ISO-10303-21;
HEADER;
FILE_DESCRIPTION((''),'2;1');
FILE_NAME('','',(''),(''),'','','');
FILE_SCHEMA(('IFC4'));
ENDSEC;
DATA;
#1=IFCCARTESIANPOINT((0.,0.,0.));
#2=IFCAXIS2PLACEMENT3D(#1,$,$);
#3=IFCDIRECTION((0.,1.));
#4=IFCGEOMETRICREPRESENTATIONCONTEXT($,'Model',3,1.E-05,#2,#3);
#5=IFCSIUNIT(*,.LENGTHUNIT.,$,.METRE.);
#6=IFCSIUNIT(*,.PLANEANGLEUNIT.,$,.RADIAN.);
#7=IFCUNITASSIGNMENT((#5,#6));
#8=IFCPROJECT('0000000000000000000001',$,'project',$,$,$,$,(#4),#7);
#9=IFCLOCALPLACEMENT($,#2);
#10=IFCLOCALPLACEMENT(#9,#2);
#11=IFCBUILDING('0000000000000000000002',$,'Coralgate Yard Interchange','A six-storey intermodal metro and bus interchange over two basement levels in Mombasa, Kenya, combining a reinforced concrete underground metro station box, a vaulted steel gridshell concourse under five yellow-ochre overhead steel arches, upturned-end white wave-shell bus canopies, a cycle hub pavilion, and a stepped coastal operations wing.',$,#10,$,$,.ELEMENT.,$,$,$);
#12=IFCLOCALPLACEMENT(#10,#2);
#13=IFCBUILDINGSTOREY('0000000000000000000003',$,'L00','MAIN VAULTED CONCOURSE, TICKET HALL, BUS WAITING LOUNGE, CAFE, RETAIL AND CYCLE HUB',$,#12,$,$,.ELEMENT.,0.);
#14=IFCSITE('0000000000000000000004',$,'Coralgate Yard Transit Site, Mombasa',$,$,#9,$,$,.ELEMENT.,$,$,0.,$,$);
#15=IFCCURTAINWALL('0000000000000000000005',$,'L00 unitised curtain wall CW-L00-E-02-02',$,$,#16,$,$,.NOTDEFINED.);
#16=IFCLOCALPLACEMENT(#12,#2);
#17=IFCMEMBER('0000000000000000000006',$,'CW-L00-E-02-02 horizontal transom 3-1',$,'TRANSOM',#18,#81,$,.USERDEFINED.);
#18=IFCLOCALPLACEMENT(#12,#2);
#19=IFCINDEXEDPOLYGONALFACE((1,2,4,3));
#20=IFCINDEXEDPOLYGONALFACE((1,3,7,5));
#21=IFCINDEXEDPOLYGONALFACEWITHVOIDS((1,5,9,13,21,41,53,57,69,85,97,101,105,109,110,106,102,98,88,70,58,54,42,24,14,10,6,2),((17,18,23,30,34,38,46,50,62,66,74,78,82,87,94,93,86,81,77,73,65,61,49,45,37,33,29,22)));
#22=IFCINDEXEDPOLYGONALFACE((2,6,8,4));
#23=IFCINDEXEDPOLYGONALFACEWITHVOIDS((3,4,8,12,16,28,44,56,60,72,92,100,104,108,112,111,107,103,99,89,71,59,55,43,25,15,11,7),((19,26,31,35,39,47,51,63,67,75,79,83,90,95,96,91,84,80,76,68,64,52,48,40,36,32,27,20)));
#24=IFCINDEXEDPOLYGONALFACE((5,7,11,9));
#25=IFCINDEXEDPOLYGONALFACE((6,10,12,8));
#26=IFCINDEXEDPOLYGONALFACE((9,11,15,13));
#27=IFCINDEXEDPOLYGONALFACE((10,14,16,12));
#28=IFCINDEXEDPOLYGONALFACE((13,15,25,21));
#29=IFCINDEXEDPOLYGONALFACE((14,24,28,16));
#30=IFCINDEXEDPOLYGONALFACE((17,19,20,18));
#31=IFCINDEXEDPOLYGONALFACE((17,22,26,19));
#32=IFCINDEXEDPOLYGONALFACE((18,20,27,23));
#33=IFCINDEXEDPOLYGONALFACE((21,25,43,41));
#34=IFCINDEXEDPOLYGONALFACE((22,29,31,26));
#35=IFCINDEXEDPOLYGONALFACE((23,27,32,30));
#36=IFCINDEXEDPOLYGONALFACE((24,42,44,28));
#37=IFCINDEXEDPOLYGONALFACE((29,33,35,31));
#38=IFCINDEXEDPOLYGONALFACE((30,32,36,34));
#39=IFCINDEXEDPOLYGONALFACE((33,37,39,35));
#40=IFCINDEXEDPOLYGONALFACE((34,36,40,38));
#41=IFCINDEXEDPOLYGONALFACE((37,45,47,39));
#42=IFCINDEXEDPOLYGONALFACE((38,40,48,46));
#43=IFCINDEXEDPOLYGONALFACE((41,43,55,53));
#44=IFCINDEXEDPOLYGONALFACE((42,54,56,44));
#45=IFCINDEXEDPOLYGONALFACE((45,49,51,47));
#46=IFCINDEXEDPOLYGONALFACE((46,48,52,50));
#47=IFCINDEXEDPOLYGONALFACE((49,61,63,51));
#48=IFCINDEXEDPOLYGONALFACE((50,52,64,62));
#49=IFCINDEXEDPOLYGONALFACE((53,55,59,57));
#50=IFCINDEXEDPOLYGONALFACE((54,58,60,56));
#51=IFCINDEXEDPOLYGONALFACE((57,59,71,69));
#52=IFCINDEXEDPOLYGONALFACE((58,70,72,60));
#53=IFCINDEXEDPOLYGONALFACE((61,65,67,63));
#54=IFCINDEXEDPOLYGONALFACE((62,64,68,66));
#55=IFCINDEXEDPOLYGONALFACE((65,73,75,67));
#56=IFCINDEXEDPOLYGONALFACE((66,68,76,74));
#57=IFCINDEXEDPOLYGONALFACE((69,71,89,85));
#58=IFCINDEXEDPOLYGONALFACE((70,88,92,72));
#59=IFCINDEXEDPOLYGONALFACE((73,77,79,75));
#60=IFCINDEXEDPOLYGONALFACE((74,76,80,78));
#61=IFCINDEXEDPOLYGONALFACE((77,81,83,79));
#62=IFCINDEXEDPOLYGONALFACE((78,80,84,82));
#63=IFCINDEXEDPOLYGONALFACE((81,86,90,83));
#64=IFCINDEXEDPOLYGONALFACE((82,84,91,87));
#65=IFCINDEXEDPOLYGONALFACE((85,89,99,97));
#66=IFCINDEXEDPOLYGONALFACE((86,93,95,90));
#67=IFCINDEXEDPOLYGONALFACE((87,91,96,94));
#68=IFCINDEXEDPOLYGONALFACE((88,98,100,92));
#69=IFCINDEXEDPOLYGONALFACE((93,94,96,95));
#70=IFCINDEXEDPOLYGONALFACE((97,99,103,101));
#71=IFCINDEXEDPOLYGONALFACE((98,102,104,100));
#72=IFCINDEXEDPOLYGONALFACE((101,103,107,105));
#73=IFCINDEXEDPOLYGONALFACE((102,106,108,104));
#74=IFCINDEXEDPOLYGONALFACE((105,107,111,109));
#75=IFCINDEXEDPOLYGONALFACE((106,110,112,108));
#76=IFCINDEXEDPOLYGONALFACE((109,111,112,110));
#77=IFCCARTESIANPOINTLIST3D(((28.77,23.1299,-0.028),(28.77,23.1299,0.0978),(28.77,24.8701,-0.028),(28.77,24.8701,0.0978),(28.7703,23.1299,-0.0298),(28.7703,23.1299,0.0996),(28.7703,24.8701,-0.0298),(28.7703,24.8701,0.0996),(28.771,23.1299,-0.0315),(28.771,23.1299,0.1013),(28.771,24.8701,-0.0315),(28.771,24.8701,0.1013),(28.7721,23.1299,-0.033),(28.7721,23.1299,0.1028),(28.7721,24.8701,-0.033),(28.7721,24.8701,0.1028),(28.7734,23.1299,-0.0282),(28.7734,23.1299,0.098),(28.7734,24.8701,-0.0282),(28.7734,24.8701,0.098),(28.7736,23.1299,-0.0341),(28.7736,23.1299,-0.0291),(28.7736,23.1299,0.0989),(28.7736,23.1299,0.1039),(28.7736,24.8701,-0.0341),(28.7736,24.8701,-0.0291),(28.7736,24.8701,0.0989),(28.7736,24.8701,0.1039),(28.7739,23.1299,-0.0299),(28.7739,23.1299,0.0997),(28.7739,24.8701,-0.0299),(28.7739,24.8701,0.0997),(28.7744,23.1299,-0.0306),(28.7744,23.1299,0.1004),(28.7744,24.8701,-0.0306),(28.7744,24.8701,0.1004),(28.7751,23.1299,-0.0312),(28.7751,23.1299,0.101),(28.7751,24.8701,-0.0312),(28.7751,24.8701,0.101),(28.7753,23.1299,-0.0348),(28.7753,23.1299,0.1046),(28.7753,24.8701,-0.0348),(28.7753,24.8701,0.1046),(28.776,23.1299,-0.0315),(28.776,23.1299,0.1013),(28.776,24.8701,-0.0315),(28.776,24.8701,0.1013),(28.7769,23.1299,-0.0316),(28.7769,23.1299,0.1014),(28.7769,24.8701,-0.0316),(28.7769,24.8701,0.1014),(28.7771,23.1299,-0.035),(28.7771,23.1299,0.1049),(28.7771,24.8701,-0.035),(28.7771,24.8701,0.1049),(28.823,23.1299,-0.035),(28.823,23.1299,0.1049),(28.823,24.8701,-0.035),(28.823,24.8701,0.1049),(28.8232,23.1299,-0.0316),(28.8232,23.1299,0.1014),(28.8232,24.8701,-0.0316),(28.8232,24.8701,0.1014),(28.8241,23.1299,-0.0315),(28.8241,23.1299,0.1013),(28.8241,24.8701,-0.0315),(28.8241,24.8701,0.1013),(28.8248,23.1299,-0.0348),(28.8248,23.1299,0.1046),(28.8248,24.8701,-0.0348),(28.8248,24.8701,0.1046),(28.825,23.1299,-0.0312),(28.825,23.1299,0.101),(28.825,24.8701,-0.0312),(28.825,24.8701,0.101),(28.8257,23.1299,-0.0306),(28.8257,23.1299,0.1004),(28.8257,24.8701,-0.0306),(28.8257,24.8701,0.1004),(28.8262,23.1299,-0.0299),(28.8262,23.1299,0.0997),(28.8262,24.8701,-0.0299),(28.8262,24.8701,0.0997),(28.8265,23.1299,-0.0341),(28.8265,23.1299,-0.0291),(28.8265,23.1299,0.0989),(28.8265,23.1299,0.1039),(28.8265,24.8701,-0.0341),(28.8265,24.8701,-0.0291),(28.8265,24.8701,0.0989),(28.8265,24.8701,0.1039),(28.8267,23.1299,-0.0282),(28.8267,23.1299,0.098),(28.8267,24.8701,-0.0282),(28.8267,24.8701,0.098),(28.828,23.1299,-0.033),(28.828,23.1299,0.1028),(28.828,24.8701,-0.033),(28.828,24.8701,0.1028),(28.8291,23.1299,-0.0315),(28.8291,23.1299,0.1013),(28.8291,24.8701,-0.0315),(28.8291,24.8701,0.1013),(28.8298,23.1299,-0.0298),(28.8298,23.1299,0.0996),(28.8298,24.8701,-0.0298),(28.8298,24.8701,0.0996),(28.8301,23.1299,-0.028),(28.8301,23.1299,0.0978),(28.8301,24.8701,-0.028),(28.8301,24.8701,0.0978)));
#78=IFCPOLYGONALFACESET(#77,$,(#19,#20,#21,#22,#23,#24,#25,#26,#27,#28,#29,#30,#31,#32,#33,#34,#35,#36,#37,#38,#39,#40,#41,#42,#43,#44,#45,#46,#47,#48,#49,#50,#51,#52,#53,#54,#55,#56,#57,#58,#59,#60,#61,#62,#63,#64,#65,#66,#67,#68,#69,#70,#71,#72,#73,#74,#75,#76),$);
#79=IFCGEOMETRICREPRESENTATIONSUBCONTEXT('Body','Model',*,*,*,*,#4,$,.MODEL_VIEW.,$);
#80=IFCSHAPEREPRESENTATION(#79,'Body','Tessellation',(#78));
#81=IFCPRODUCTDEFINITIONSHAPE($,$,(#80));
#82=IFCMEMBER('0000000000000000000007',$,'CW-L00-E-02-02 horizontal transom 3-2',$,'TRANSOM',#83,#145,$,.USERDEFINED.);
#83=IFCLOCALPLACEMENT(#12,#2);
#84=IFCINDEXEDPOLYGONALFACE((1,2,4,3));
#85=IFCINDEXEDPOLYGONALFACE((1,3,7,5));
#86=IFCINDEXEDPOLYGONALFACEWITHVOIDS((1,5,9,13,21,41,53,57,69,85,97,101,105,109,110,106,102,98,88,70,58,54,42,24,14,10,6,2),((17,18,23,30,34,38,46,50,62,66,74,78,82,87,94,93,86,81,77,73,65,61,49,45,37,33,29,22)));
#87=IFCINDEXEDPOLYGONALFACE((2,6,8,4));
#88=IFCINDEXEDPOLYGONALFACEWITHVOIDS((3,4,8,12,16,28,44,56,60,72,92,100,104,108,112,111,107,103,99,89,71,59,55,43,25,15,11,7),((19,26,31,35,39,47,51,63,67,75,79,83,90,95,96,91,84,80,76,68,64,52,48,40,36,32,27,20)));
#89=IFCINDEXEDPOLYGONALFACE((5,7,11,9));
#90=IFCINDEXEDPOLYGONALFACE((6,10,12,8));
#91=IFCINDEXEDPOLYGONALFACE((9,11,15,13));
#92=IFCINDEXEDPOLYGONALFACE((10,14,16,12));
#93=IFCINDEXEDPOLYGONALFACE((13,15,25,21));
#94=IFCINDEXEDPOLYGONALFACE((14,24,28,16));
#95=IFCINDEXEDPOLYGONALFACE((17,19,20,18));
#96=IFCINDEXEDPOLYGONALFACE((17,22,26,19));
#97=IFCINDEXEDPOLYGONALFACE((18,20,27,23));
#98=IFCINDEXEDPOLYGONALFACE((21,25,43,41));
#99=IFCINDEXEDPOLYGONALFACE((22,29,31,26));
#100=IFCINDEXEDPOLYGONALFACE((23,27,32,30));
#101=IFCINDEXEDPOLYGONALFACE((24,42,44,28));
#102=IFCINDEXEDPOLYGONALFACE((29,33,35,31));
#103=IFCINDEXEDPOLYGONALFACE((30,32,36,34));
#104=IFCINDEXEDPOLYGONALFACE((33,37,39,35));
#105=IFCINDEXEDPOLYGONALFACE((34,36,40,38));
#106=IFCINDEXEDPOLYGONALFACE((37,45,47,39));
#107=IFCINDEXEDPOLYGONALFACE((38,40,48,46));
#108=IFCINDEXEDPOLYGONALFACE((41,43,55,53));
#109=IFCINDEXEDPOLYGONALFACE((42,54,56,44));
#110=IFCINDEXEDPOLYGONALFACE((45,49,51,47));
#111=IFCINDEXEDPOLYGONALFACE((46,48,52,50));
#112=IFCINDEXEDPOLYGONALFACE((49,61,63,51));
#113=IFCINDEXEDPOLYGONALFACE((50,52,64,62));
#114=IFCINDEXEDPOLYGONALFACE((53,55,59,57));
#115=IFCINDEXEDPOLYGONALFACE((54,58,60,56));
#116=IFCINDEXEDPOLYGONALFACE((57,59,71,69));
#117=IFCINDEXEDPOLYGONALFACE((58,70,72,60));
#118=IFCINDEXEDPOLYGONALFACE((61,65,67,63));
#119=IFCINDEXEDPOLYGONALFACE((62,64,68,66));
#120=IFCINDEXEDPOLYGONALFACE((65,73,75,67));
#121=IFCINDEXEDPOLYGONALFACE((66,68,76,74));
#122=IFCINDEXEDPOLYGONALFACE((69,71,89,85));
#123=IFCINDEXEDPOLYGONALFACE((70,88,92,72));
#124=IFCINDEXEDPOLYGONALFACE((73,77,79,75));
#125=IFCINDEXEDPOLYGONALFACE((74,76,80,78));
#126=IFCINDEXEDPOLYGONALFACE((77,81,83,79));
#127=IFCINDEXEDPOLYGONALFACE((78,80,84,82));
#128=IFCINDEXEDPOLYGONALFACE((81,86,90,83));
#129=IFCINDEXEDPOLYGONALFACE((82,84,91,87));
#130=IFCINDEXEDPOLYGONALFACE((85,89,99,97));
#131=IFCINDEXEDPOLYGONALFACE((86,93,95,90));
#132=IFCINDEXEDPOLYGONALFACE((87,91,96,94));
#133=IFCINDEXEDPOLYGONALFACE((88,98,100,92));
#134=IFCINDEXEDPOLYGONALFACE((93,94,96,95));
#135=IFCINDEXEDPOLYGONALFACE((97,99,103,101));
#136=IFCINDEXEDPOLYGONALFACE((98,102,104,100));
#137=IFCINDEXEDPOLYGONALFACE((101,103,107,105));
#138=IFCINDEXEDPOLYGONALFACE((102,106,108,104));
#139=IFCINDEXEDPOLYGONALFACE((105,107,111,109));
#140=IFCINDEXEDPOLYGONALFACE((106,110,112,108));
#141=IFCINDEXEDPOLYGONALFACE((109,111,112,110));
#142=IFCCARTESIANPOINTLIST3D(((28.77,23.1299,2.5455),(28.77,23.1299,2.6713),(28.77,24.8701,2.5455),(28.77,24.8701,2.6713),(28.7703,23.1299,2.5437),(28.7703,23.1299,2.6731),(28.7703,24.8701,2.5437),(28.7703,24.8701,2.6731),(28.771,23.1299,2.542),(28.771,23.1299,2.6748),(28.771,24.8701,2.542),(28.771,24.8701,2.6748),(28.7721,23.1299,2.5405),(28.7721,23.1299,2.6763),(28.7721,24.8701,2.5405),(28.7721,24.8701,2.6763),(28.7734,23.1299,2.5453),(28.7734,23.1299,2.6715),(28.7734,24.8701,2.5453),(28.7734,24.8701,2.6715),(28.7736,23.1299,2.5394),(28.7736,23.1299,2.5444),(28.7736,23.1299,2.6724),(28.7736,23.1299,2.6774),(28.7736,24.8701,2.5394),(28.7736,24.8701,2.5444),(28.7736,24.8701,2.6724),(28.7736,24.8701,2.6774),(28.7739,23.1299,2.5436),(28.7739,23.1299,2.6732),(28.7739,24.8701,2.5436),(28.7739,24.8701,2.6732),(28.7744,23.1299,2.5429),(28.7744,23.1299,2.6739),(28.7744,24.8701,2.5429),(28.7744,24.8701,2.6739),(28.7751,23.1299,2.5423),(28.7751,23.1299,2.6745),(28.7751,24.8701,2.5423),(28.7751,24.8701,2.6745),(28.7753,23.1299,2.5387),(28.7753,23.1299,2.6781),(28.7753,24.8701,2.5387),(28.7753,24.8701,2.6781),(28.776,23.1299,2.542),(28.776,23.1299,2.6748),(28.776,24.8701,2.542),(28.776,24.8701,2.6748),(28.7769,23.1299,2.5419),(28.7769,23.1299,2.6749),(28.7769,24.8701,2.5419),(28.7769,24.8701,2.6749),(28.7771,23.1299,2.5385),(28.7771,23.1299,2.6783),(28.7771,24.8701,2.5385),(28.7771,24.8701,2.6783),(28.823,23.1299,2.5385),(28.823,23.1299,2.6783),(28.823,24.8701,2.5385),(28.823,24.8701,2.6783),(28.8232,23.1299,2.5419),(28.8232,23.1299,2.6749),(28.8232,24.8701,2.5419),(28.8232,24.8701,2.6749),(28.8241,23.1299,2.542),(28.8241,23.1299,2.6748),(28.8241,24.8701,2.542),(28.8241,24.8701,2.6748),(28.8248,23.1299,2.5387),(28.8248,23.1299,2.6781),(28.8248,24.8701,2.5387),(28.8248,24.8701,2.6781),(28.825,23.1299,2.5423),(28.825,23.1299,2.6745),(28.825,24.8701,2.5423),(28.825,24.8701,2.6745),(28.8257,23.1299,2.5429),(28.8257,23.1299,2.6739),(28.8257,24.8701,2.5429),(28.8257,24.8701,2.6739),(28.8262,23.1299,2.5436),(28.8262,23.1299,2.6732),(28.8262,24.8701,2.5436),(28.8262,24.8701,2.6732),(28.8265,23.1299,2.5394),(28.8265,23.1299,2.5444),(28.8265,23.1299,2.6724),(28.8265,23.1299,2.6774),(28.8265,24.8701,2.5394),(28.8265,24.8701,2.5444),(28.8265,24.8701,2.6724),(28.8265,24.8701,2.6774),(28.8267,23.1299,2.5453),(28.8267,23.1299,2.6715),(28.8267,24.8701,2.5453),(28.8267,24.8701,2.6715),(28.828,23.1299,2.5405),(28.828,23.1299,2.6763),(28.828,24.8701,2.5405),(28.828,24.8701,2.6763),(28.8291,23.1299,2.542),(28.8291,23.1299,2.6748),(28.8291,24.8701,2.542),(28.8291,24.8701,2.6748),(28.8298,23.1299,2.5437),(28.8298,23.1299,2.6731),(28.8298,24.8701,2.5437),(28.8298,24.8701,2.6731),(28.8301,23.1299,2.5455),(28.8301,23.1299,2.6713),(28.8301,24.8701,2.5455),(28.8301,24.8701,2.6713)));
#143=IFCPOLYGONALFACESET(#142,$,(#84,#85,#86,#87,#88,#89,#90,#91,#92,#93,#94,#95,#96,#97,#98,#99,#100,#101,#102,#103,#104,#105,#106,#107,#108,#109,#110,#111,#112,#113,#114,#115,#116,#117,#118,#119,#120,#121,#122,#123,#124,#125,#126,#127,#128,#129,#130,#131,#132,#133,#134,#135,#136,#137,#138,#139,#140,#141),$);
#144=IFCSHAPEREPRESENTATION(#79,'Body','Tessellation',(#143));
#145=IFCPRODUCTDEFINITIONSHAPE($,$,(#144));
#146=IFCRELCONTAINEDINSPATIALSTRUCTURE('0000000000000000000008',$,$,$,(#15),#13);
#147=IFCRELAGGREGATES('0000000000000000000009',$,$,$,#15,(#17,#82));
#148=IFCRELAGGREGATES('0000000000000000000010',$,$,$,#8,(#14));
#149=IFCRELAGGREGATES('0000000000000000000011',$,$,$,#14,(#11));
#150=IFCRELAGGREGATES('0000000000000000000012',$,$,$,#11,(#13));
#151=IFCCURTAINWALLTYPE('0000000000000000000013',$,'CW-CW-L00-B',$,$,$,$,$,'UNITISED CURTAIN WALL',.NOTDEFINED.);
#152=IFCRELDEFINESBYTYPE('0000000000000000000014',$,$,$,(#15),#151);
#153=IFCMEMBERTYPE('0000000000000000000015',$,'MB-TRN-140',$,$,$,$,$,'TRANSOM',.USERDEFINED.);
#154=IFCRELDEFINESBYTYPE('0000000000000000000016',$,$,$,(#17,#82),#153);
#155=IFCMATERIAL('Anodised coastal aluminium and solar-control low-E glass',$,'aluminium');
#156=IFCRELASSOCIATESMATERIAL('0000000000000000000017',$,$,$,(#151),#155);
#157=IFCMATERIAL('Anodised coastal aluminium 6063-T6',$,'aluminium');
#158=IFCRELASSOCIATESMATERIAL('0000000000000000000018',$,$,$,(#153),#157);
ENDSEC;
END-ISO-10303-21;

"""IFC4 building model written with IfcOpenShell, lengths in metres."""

from ifc_helpers import new_model, si_unit, direction, frame, origin, origin_2d, place, context, subcontext, project, spatial, hollow_rectangle, extrude, material, material_profile, profile_set, type_object, element, aggregate, save


model = new_model("IFC4")

# Units and contexts
model_context = context("Model", 3, precision=1e-05, world=origin(), true_north=direction((0.0, 1.0)))
body_context = subcontext(model_context, "Body", "Model", "MODEL_VIEW")
ifc_project = project(units=[si_unit("LENGTHUNIT", "METRE"), si_unit("PLANEANGLEUNIT", "RADIAN")], contexts=[model_context])

# Site, building, storey
site_placement = place(None, origin())
site = spatial("IfcSite", under=ifc_project, at=site_placement, Name="Coralgate Yard Transit Site, Mombasa", CompositionType="ELEMENT", RefElevation=0.0)
building_placement = place(site_placement, origin())
building = spatial("IfcBuilding", under=site, at=building_placement, Name="Coralgate Yard Interchange", Description="A six-storey intermodal metro and bus interchange over two basement levels in Mombasa, Kenya, combining a reinforced concrete underground metro station box, a vaulted steel gridshell concourse under five yellow-ochre overhead steel arches, upturned-end white wave-shell bus canopies, a cycle hub pavilion, and a stepped coastal operations wing.", CompositionType="ELEMENT")
storey_placement = place(building_placement, origin())
storey = spatial("IfcBuildingStorey", under=building, at=storey_placement, Name="L00", Description="MAIN VAULTED CONCOURSE, TICKET HALL, BUS WAITING LOUNGE, CAFE, RETAIL AND CYCLE HUB", CompositionType="ELEMENT", Elevation=0.0)

# Curtain wall, members
ifc_material_1 = material(Name="Anodised coastal aluminium and solar-control low-E glass", Category="aluminium")
curtain_wall_type = type_object("IfcCurtainWallType", Name="CW-CW-L00-B", ElementType="UNITISED CURTAIN WALL", PredefinedType="NOTDEFINED", material=ifc_material_1)
curtain_wall_placement = place(storey_placement, origin())
curtain_wall = element("IfcCurtainWall", 1, at=curtain_wall_placement, inside=storey, type_object=curtain_wall_type, Name="L00 unitised curtain wall CW-L00-E-02-02", PredefinedType="NOTDEFINED")
ifc_material_2 = material(Name="Anodised coastal aluminium 6063-T6", Category="aluminium")
ifc_material_profile_1 = material_profile(ifc_material_2, hollow_rectangle(XDim=0.0601, YDim=0.1399, WallThickness=0.0034, InnerFilletRadius=0.0034, OuterFilletRadius=0.0071, at=origin_2d()), Name="ALU 60x140x3.5")
ifc_profile_set_1 = profile_set([ifc_material_profile_1], Name="Anodised coastal aluminium 6063-T6")
member_type_1 = type_object("IfcMemberType", Name="MB-TRN-140", ElementType="TRANSOM", PredefinedType="USERDEFINED", material=ifc_profile_set_1)
member_1_placement = place(storey_placement, frame((28.8, 24.8701, 0.0349), z_axis=(0.0, -1.0, 0.0), x_axis=(1.0, 0.0, 0.0)))
member_1 = element("IfcMember", 2, at=member_1_placement, type_object=member_type_1, Name="CW-L00-E-02-02 horizontal transom 3-1", ObjectType="TRANSOM", PredefinedType="USERDEFINED", context=body_context, shape_type="SweptSolid", body=[
    extrude(hollow_rectangle(XDim=0.0601, YDim=0.1399, WallThickness=0.0034, InnerFilletRadius=0.0034, OuterFilletRadius=0.0071, at=origin_2d()), origin(), (0.0, 0.0, 1.0), 1.7402),
])
member_2_placement = place(storey_placement, frame((28.8, 24.8701, 2.6084), z_axis=(0.0, -1.0, 0.0), x_axis=(1.0, 0.0, 0.0)))
member_2 = element("IfcMember", 3, at=member_2_placement, type_object=member_type_1, Name="CW-L00-E-02-02 horizontal transom 3-2", ObjectType="TRANSOM", PredefinedType="USERDEFINED", context=body_context, shape_type="SweptSolid", body=[
    extrude(hollow_rectangle(XDim=0.0601, YDim=0.1399, WallThickness=0.0034, InnerFilletRadius=0.0034, OuterFilletRadius=0.0071, at=origin_2d()), origin(), (0.0, 0.0, 1.0), 1.7402),
])
aggregate(curtain_wall, [member_1, member_2])

save(model, "model.ifc")
